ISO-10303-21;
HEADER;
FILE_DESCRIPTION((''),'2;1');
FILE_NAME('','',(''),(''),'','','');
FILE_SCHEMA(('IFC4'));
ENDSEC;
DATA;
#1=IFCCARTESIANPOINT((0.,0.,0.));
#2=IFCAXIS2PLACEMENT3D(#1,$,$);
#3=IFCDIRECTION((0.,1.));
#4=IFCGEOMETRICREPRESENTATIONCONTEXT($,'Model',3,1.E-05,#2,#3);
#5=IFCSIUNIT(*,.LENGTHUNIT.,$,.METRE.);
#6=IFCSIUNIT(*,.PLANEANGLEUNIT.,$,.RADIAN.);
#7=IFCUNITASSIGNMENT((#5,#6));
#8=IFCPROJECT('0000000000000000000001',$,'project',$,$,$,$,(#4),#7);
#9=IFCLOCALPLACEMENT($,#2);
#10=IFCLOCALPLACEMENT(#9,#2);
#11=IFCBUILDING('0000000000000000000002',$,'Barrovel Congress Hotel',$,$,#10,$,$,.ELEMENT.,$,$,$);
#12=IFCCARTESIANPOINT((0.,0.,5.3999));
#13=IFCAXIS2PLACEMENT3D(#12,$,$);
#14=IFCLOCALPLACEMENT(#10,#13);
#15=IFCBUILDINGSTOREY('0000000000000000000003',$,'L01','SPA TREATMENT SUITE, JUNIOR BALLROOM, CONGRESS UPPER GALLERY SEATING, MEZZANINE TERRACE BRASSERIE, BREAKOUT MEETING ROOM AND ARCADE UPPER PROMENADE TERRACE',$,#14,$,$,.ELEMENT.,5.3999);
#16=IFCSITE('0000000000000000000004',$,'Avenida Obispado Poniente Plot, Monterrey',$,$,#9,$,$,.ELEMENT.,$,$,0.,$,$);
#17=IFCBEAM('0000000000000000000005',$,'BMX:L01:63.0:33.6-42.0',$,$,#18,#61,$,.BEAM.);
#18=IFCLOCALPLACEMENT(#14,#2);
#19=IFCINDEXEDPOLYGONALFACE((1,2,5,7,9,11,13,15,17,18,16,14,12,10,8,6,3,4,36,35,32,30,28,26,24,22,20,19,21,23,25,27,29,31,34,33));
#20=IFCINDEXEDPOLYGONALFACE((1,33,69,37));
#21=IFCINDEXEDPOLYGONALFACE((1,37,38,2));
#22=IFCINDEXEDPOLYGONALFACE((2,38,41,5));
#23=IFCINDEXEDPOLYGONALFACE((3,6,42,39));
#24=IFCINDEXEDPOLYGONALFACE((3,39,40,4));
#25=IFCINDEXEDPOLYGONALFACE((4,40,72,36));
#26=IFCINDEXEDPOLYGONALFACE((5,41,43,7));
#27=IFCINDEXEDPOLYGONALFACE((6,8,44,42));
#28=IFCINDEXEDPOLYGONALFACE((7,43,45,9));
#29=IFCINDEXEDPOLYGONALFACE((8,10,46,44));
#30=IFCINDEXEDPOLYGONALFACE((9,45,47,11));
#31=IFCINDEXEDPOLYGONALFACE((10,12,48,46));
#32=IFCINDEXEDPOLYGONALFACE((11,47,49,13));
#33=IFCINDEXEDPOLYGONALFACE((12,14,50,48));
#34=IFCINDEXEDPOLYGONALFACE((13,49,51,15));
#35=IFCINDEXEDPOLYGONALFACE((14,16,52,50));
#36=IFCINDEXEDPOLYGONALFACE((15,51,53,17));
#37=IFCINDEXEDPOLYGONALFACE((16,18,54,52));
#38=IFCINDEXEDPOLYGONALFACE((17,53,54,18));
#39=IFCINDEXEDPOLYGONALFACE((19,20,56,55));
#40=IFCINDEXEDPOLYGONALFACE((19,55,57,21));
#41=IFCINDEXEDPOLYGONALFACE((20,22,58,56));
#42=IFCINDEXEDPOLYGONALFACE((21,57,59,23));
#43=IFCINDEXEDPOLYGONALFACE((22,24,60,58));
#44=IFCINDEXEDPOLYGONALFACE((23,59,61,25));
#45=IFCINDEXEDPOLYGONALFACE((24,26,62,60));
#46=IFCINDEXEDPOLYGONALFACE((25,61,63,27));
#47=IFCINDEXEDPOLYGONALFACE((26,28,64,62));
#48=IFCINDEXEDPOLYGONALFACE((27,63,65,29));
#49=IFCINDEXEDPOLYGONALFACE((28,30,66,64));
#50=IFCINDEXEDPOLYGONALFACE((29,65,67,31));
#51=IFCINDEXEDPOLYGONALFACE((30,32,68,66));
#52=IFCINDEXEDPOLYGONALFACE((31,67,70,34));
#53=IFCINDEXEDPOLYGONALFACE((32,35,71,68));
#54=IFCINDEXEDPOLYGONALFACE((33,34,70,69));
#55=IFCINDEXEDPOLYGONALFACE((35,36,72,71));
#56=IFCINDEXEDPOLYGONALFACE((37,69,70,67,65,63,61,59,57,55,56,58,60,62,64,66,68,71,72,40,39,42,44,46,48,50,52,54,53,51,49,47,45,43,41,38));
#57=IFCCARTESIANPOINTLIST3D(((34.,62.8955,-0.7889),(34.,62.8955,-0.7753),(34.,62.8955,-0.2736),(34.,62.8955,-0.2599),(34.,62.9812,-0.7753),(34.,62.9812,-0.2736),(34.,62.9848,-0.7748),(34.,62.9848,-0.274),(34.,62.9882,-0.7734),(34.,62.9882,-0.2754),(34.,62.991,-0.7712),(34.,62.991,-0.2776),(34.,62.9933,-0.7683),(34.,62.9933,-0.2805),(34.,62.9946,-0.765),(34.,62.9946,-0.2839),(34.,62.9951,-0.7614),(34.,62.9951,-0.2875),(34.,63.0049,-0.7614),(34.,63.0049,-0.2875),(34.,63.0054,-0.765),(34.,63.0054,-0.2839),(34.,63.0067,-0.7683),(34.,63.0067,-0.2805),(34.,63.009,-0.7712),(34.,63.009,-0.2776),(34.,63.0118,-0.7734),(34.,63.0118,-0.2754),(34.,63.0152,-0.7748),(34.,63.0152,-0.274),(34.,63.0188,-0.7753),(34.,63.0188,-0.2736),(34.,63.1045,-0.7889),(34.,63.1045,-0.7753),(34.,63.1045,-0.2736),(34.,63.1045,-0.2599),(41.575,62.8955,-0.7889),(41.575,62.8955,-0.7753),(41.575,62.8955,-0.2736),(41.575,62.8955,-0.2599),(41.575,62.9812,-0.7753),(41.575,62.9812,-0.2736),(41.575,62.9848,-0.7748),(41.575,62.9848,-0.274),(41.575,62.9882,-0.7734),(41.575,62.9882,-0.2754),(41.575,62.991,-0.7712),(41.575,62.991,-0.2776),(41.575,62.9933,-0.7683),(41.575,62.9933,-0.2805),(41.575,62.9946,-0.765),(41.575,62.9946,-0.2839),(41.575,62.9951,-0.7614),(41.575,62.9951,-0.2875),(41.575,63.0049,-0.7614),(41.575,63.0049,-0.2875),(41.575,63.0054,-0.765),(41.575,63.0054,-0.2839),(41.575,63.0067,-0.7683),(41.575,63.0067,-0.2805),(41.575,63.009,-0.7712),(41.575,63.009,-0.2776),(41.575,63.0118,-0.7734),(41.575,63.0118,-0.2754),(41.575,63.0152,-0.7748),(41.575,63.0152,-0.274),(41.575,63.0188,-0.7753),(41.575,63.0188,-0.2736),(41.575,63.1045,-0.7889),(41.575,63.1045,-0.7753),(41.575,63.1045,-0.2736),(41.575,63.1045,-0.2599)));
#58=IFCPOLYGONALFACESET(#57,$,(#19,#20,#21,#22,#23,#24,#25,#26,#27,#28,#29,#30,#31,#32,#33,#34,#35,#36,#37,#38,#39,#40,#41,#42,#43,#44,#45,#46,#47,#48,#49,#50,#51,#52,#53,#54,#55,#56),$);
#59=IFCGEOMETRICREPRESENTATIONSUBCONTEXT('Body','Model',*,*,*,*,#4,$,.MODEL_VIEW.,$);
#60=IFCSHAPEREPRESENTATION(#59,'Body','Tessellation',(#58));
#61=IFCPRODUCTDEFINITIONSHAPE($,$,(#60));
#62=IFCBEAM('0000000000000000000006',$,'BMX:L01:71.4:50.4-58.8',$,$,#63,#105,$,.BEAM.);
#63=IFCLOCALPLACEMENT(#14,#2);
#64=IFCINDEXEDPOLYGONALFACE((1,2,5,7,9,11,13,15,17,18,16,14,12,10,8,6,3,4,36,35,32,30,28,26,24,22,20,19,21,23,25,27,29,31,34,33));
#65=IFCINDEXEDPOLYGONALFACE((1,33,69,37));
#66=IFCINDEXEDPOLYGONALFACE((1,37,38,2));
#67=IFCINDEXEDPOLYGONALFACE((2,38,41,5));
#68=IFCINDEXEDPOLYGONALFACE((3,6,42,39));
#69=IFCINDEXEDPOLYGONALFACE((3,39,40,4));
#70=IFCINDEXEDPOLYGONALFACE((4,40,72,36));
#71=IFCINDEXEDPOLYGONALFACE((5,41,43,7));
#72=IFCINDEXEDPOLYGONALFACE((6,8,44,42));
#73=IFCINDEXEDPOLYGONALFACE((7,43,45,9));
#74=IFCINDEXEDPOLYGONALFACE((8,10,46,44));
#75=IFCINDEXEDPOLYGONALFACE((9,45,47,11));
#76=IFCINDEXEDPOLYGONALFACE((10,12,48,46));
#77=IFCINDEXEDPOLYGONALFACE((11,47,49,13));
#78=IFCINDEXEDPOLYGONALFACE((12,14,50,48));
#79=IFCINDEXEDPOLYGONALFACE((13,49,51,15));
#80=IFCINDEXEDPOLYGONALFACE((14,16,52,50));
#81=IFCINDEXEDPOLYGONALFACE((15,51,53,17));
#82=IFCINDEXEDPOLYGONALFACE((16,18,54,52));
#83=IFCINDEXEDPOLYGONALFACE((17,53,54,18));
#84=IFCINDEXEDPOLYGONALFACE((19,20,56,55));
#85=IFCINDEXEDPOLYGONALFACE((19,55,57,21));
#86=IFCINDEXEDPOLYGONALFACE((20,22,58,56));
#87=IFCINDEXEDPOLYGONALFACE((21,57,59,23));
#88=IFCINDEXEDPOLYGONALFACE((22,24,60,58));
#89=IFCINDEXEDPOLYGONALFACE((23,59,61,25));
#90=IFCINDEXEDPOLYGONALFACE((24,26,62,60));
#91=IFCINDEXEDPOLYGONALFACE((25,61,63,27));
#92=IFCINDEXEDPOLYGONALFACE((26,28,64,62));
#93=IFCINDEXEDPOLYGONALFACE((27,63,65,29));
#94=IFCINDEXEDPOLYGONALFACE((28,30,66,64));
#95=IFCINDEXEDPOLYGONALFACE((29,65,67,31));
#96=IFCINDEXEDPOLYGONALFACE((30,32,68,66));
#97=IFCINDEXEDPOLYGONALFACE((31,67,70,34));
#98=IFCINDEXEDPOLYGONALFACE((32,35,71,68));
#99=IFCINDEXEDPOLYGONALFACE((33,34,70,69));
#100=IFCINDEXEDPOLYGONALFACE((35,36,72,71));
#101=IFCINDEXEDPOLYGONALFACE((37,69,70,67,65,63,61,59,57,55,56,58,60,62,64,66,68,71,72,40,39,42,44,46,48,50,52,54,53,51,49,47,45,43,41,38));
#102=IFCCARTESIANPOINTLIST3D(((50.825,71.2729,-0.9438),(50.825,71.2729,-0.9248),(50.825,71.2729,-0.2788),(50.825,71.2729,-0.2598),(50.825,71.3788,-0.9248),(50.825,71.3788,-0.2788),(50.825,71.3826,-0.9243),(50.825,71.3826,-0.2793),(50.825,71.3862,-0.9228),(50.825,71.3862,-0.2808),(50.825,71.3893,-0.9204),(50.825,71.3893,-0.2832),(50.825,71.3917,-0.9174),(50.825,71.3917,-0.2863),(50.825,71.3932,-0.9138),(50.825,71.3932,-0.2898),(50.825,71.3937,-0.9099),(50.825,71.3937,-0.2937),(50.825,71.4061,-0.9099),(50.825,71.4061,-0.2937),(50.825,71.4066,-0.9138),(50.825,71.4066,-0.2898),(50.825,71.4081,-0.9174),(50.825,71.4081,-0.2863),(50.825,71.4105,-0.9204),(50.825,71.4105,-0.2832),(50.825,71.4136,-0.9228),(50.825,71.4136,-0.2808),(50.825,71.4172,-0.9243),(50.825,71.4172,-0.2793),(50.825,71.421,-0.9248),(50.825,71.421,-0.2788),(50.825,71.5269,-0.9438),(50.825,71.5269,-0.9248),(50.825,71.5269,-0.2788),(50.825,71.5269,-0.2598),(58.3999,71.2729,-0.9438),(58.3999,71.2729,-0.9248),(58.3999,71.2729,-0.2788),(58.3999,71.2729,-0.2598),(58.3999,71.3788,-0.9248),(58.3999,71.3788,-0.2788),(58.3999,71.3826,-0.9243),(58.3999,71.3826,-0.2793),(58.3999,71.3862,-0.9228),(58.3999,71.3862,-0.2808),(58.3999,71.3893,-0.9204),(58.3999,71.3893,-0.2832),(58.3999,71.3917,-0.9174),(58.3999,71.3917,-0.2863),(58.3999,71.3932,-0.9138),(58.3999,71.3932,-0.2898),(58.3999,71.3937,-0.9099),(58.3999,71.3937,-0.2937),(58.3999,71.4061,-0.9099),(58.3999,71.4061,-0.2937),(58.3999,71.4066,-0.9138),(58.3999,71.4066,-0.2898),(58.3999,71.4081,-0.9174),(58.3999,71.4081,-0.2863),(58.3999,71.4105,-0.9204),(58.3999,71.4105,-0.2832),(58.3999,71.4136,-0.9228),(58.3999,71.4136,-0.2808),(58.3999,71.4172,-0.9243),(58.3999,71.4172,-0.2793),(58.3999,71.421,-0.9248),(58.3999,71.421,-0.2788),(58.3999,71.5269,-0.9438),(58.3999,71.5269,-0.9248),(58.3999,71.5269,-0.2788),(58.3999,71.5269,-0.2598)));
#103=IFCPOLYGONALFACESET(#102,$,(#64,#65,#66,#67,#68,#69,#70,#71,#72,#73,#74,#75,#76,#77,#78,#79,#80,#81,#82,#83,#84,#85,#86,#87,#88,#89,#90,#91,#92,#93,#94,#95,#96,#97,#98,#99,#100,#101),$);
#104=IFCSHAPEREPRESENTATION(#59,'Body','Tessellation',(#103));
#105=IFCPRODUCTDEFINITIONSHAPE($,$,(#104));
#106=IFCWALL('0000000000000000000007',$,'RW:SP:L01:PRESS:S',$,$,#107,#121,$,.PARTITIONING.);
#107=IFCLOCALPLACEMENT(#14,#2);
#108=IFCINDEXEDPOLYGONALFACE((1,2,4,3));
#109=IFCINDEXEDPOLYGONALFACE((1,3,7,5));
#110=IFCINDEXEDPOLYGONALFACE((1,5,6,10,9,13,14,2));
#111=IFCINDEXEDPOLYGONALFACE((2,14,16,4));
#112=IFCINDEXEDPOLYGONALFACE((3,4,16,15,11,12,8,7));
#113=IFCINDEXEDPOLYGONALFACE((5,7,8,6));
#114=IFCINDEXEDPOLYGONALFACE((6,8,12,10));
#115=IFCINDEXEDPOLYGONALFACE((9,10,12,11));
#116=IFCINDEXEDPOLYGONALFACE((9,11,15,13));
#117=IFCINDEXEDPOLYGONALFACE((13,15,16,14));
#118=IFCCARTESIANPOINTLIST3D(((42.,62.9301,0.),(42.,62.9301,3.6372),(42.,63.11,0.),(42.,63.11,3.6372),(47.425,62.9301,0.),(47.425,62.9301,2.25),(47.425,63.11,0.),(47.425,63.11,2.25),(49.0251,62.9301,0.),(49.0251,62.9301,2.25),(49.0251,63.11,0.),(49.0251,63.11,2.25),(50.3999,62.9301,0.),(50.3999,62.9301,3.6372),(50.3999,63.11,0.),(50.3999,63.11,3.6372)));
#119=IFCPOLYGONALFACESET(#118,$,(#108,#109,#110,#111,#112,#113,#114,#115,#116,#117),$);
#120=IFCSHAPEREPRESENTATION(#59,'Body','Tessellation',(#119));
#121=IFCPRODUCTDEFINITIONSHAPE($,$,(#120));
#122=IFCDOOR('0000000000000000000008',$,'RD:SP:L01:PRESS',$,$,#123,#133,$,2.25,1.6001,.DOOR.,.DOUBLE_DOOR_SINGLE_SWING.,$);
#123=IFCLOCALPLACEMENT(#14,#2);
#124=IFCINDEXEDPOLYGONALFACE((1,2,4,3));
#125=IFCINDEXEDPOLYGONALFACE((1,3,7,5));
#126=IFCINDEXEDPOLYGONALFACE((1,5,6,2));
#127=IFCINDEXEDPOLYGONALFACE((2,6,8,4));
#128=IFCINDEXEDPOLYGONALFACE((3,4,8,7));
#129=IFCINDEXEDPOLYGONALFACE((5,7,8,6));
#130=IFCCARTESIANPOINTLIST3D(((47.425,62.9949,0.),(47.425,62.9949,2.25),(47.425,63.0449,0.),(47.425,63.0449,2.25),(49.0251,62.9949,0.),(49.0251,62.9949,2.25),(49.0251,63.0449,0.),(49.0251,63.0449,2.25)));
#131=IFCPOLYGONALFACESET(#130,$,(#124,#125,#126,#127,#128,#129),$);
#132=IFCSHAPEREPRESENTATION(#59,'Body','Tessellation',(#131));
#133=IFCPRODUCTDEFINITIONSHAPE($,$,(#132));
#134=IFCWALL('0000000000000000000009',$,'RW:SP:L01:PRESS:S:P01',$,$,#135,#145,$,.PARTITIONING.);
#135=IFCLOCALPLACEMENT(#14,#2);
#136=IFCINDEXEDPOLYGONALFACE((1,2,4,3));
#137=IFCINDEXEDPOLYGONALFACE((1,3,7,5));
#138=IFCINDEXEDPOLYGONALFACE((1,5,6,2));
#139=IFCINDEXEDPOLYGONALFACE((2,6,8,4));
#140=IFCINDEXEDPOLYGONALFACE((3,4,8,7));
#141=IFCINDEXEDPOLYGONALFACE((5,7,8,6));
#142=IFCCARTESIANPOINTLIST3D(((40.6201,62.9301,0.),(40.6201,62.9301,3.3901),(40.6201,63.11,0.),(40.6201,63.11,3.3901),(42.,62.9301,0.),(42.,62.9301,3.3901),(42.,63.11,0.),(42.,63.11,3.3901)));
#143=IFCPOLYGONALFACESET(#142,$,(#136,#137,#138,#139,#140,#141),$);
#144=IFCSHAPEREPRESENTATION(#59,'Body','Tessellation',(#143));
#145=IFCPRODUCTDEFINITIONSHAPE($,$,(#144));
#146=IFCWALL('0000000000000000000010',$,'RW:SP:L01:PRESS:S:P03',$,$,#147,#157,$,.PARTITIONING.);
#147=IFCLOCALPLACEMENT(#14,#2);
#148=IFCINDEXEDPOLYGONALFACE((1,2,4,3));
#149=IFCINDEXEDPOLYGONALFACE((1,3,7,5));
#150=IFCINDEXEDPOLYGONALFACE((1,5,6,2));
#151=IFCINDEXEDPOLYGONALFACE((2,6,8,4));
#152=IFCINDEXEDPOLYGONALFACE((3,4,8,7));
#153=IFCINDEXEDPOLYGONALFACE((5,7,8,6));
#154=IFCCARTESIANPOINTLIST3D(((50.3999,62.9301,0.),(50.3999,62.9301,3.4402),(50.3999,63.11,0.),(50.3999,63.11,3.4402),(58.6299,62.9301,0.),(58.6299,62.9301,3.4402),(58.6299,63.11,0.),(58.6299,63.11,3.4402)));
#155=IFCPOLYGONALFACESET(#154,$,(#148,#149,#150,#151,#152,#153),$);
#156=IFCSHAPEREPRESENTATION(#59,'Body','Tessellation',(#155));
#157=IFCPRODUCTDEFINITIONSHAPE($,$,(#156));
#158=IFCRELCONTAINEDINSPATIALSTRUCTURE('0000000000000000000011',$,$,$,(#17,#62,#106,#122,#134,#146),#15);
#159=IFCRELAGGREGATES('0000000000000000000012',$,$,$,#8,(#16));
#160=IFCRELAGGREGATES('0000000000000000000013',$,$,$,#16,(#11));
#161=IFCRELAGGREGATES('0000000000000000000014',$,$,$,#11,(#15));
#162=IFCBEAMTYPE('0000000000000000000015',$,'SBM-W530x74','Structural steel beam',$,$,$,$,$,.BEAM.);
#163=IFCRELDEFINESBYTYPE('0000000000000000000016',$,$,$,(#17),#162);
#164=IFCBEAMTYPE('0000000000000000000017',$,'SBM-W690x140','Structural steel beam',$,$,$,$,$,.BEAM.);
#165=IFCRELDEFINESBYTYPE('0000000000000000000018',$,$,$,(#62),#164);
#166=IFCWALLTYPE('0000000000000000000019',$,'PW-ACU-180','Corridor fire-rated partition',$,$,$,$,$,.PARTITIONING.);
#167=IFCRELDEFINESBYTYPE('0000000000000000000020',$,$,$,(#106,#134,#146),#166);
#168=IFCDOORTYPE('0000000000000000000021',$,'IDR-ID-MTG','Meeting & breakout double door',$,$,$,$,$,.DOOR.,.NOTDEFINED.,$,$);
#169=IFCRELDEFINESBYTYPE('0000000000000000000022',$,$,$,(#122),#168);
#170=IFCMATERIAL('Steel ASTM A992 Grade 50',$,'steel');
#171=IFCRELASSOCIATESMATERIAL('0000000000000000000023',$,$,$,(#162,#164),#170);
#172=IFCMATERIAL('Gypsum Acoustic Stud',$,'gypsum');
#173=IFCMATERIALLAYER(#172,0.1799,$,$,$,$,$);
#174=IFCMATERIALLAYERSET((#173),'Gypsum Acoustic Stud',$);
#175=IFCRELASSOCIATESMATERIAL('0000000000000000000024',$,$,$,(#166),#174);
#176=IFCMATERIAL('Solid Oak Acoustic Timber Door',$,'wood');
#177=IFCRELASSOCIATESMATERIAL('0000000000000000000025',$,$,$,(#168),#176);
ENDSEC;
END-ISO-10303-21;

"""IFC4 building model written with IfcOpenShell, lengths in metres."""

from ifc_helpers import new_model, si_unit, direction, frame, frame_2d, origin, origin_2d, place, context, subcontext, project, spatial, rectangle, i_section, extrude, material, layer, layer_set, material_profile, profile_set, type_object, element, fill, save


model = new_model("IFC4")

# Units and contexts
model_context = context("Model", 3, precision=1e-05, world=origin(), true_north=direction((0.0, 1.0)))
body_context = subcontext(model_context, "Body", "Model", "MODEL_VIEW")
ifc_project = project(units=[si_unit("LENGTHUNIT", "METRE"), si_unit("PLANEANGLEUNIT", "RADIAN")], contexts=[model_context])

# Site, building, storey
site_placement = place(None, origin())
site = spatial("IfcSite", under=ifc_project, at=site_placement, Name="Avenida Obispado Poniente Plot, Monterrey", CompositionType="ELEMENT", RefElevation=0.0)
building_placement = place(site_placement, origin())
building = spatial("IfcBuilding", under=site, at=building_placement, Name="Barrovel Congress Hotel", CompositionType="ELEMENT")
storey_placement = place(building_placement, frame((0.0, 0.0, 5.3999)))
storey = spatial("IfcBuildingStorey", under=building, at=storey_placement, Name="L01", Description="SPA TREATMENT SUITE, JUNIOR BALLROOM, CONGRESS UPPER GALLERY SEATING, MEZZANINE TERRACE BRASSERIE, BREAKOUT MEETING ROOM AND ARCADE UPPER PROMENADE TERRACE", CompositionType="ELEMENT", Elevation=5.3999)

# Beams
ifc_material_1 = material(Name="Steel ASTM A992 Grade 50", Category="steel")
ifc_material_profile_1 = material_profile(ifc_material_1, i_section(OverallWidth=0.209, OverallDepth=0.5291, WebThickness=0.0098, FlangeThickness=0.0137, FilletRadius=0.0139, at=origin_2d()), Name="W530x74")
ifc_profile_set_1 = profile_set([ifc_material_profile_1], Name="Steel ASTM A992 Grade 50")
beam_type_1 = type_object("IfcBeamType", Name="SBM-W530x74", Description="Structural steel beam", PredefinedType="BEAM", material=ifc_profile_set_1)
beam_1_placement = place(storey_placement, frame((34.0, 63.0, -0.5244), z_axis=(1.0, 0.0, 0.0), x_axis=(0.0, 1.0, 0.0)))
element("IfcBeam", 1, at=beam_1_placement, inside=storey, type_object=beam_type_1, Name="BMX:L01:63.0:33.6-42.0", PredefinedType="BEAM", context=body_context, shape_type="SweptSolid", body=[
    extrude(i_section(OverallWidth=0.209, OverallDepth=0.5291, WebThickness=0.0098, FlangeThickness=0.0137, FilletRadius=0.0139, at=origin_2d()), origin(), (0.0, 0.0, 1.0), 7.575),
])
ifc_material_profile_2 = material_profile(ifc_material_1, i_section(OverallWidth=0.2539, OverallDepth=0.6841, WebThickness=0.0125, FlangeThickness=0.019, FilletRadius=0.0149, at=origin_2d()), Name="W690x140")
ifc_profile_set_2 = profile_set([ifc_material_profile_2], Name="Steel ASTM A992 Grade 50")
beam_type_2 = type_object("IfcBeamType", Name="SBM-W690x140", Description="Structural steel beam", PredefinedType="BEAM", material=ifc_profile_set_2)
beam_2_placement = place(storey_placement, frame((50.825, 71.3999, -0.6018), z_axis=(1.0, 0.0, 0.0), x_axis=(0.0, 1.0, 0.0)))
element("IfcBeam", 2, at=beam_2_placement, inside=storey, type_object=beam_type_2, Name="BMX:L01:71.4:50.4-58.8", PredefinedType="BEAM", context=body_context, shape_type="SweptSolid", body=[
    extrude(i_section(OverallWidth=0.2539, OverallDepth=0.6841, WebThickness=0.0125, FlangeThickness=0.019, FilletRadius=0.0149, at=origin_2d()), origin(), (0.0, 0.0, 1.0), 7.575),
])

# Wall, opening, door
ifc_material_2 = material(Name="Gypsum Acoustic Stud", Category="gypsum")
ifc_layer_1 = layer(ifc_material_2, 0.1799)
ifc_layer_set_1 = layer_set([ifc_layer_1], Name="Gypsum Acoustic Stud")
wall_type_1 = type_object("IfcWallType", Name="PW-ACU-180", Description="Corridor fire-rated partition", PredefinedType="PARTITIONING", material=ifc_layer_set_1)
wall_1_placement = place(storey_placement, frame((42.0, 63.02, 0.0), z_axis=(0.0, 0.0, 1.0), x_axis=(1.0, 0.0, 0.0)))
wall_1 = element("IfcWall", 3, at=wall_1_placement, inside=storey, type_object=wall_type_1, Name="RW:SP:L01:PRESS:S", PredefinedType="PARTITIONING", context=body_context, shape_type="SweptSolid", body=[
    extrude(rectangle(XDim=8.3999, YDim=0.1799, at=frame_2d((4.2, 0.0))), origin(), (0.0, 0.0, 1.0), 3.6372),
])
opening_1_placement = place(wall_1_placement, frame((5.425, 0.0, 0.0)))
opening_1 = element("IfcOpeningElement", 4, at=opening_1_placement, cuts=wall_1, PredefinedType="OPENING", context=body_context, shape_type="SweptSolid", body=[
    extrude(rectangle(XDim=1.6001, YDim=2.25, at=frame_2d((0.8, 1.125))), frame((0.0, 0.1001, 0.0), z_axis=(0.0, -1.0, 0.0), x_axis=(1.0, 0.0, 0.0)), (0.0, 0.0, 1.0), 0.2),
])
ifc_material_3 = material(Name="Solid Oak Acoustic Timber Door", Category="wood")
door_type_1 = type_object("IfcDoorType", Name="IDR-ID-MTG", Description="Meeting & breakout double door", OperationType="NOTDEFINED", PredefinedType="DOOR", material=ifc_material_3)
door_1_placement = place(opening_1_placement, origin())
door_1 = element("IfcDoor", 5, at=door_1_placement, inside=storey, type_object=door_type_1, Name="RD:SP:L01:PRESS", OperationType="DOUBLE_DOOR_SINGLE_SWING", OverallHeight=2.25, OverallWidth=1.6001, PredefinedType="DOOR", context=body_context, shape_type="SweptSolid", body=[
    extrude(rectangle(XDim=1.6001, YDim=2.25, at=frame_2d((0.8, 1.125))), frame((0.0, 0.0249, 0.0), z_axis=(0.0, -1.0, 0.0), x_axis=(1.0, 0.0, 0.0)), (0.0, 0.0, 1.0), 0.05),
])
fill(opening_1, door_1)

# Walls
wall_2_placement = place(storey_placement, frame((40.6201, 63.02, 0.0), z_axis=(0.0, 0.0, 1.0), x_axis=(1.0, 0.0, 0.0)))
element("IfcWall", 6, at=wall_2_placement, inside=storey, type_object=wall_type_1, Name="RW:SP:L01:PRESS:S:P01", PredefinedType="PARTITIONING", context=body_context, shape_type="SweptSolid", body=[
    extrude(rectangle(XDim=1.3799, YDim=0.1799, at=frame_2d((0.6899, 0.0))), origin(), (0.0, 0.0, 1.0), 3.3901),
])
wall_3_placement = place(storey_placement, frame((50.3999, 63.02, 0.0), z_axis=(0.0, 0.0, 1.0), x_axis=(1.0, 0.0, 0.0)))
element("IfcWall", 7, at=wall_3_placement, inside=storey, type_object=wall_type_1, Name="RW:SP:L01:PRESS:S:P03", PredefinedType="PARTITIONING", context=body_context, shape_type="SweptSolid", body=[
    extrude(rectangle(XDim=8.23, YDim=0.1799, at=frame_2d((4.115, 0.0))), origin(), (0.0, 0.0, 1.0), 3.4402),
])

save(model, "model.ifc")
